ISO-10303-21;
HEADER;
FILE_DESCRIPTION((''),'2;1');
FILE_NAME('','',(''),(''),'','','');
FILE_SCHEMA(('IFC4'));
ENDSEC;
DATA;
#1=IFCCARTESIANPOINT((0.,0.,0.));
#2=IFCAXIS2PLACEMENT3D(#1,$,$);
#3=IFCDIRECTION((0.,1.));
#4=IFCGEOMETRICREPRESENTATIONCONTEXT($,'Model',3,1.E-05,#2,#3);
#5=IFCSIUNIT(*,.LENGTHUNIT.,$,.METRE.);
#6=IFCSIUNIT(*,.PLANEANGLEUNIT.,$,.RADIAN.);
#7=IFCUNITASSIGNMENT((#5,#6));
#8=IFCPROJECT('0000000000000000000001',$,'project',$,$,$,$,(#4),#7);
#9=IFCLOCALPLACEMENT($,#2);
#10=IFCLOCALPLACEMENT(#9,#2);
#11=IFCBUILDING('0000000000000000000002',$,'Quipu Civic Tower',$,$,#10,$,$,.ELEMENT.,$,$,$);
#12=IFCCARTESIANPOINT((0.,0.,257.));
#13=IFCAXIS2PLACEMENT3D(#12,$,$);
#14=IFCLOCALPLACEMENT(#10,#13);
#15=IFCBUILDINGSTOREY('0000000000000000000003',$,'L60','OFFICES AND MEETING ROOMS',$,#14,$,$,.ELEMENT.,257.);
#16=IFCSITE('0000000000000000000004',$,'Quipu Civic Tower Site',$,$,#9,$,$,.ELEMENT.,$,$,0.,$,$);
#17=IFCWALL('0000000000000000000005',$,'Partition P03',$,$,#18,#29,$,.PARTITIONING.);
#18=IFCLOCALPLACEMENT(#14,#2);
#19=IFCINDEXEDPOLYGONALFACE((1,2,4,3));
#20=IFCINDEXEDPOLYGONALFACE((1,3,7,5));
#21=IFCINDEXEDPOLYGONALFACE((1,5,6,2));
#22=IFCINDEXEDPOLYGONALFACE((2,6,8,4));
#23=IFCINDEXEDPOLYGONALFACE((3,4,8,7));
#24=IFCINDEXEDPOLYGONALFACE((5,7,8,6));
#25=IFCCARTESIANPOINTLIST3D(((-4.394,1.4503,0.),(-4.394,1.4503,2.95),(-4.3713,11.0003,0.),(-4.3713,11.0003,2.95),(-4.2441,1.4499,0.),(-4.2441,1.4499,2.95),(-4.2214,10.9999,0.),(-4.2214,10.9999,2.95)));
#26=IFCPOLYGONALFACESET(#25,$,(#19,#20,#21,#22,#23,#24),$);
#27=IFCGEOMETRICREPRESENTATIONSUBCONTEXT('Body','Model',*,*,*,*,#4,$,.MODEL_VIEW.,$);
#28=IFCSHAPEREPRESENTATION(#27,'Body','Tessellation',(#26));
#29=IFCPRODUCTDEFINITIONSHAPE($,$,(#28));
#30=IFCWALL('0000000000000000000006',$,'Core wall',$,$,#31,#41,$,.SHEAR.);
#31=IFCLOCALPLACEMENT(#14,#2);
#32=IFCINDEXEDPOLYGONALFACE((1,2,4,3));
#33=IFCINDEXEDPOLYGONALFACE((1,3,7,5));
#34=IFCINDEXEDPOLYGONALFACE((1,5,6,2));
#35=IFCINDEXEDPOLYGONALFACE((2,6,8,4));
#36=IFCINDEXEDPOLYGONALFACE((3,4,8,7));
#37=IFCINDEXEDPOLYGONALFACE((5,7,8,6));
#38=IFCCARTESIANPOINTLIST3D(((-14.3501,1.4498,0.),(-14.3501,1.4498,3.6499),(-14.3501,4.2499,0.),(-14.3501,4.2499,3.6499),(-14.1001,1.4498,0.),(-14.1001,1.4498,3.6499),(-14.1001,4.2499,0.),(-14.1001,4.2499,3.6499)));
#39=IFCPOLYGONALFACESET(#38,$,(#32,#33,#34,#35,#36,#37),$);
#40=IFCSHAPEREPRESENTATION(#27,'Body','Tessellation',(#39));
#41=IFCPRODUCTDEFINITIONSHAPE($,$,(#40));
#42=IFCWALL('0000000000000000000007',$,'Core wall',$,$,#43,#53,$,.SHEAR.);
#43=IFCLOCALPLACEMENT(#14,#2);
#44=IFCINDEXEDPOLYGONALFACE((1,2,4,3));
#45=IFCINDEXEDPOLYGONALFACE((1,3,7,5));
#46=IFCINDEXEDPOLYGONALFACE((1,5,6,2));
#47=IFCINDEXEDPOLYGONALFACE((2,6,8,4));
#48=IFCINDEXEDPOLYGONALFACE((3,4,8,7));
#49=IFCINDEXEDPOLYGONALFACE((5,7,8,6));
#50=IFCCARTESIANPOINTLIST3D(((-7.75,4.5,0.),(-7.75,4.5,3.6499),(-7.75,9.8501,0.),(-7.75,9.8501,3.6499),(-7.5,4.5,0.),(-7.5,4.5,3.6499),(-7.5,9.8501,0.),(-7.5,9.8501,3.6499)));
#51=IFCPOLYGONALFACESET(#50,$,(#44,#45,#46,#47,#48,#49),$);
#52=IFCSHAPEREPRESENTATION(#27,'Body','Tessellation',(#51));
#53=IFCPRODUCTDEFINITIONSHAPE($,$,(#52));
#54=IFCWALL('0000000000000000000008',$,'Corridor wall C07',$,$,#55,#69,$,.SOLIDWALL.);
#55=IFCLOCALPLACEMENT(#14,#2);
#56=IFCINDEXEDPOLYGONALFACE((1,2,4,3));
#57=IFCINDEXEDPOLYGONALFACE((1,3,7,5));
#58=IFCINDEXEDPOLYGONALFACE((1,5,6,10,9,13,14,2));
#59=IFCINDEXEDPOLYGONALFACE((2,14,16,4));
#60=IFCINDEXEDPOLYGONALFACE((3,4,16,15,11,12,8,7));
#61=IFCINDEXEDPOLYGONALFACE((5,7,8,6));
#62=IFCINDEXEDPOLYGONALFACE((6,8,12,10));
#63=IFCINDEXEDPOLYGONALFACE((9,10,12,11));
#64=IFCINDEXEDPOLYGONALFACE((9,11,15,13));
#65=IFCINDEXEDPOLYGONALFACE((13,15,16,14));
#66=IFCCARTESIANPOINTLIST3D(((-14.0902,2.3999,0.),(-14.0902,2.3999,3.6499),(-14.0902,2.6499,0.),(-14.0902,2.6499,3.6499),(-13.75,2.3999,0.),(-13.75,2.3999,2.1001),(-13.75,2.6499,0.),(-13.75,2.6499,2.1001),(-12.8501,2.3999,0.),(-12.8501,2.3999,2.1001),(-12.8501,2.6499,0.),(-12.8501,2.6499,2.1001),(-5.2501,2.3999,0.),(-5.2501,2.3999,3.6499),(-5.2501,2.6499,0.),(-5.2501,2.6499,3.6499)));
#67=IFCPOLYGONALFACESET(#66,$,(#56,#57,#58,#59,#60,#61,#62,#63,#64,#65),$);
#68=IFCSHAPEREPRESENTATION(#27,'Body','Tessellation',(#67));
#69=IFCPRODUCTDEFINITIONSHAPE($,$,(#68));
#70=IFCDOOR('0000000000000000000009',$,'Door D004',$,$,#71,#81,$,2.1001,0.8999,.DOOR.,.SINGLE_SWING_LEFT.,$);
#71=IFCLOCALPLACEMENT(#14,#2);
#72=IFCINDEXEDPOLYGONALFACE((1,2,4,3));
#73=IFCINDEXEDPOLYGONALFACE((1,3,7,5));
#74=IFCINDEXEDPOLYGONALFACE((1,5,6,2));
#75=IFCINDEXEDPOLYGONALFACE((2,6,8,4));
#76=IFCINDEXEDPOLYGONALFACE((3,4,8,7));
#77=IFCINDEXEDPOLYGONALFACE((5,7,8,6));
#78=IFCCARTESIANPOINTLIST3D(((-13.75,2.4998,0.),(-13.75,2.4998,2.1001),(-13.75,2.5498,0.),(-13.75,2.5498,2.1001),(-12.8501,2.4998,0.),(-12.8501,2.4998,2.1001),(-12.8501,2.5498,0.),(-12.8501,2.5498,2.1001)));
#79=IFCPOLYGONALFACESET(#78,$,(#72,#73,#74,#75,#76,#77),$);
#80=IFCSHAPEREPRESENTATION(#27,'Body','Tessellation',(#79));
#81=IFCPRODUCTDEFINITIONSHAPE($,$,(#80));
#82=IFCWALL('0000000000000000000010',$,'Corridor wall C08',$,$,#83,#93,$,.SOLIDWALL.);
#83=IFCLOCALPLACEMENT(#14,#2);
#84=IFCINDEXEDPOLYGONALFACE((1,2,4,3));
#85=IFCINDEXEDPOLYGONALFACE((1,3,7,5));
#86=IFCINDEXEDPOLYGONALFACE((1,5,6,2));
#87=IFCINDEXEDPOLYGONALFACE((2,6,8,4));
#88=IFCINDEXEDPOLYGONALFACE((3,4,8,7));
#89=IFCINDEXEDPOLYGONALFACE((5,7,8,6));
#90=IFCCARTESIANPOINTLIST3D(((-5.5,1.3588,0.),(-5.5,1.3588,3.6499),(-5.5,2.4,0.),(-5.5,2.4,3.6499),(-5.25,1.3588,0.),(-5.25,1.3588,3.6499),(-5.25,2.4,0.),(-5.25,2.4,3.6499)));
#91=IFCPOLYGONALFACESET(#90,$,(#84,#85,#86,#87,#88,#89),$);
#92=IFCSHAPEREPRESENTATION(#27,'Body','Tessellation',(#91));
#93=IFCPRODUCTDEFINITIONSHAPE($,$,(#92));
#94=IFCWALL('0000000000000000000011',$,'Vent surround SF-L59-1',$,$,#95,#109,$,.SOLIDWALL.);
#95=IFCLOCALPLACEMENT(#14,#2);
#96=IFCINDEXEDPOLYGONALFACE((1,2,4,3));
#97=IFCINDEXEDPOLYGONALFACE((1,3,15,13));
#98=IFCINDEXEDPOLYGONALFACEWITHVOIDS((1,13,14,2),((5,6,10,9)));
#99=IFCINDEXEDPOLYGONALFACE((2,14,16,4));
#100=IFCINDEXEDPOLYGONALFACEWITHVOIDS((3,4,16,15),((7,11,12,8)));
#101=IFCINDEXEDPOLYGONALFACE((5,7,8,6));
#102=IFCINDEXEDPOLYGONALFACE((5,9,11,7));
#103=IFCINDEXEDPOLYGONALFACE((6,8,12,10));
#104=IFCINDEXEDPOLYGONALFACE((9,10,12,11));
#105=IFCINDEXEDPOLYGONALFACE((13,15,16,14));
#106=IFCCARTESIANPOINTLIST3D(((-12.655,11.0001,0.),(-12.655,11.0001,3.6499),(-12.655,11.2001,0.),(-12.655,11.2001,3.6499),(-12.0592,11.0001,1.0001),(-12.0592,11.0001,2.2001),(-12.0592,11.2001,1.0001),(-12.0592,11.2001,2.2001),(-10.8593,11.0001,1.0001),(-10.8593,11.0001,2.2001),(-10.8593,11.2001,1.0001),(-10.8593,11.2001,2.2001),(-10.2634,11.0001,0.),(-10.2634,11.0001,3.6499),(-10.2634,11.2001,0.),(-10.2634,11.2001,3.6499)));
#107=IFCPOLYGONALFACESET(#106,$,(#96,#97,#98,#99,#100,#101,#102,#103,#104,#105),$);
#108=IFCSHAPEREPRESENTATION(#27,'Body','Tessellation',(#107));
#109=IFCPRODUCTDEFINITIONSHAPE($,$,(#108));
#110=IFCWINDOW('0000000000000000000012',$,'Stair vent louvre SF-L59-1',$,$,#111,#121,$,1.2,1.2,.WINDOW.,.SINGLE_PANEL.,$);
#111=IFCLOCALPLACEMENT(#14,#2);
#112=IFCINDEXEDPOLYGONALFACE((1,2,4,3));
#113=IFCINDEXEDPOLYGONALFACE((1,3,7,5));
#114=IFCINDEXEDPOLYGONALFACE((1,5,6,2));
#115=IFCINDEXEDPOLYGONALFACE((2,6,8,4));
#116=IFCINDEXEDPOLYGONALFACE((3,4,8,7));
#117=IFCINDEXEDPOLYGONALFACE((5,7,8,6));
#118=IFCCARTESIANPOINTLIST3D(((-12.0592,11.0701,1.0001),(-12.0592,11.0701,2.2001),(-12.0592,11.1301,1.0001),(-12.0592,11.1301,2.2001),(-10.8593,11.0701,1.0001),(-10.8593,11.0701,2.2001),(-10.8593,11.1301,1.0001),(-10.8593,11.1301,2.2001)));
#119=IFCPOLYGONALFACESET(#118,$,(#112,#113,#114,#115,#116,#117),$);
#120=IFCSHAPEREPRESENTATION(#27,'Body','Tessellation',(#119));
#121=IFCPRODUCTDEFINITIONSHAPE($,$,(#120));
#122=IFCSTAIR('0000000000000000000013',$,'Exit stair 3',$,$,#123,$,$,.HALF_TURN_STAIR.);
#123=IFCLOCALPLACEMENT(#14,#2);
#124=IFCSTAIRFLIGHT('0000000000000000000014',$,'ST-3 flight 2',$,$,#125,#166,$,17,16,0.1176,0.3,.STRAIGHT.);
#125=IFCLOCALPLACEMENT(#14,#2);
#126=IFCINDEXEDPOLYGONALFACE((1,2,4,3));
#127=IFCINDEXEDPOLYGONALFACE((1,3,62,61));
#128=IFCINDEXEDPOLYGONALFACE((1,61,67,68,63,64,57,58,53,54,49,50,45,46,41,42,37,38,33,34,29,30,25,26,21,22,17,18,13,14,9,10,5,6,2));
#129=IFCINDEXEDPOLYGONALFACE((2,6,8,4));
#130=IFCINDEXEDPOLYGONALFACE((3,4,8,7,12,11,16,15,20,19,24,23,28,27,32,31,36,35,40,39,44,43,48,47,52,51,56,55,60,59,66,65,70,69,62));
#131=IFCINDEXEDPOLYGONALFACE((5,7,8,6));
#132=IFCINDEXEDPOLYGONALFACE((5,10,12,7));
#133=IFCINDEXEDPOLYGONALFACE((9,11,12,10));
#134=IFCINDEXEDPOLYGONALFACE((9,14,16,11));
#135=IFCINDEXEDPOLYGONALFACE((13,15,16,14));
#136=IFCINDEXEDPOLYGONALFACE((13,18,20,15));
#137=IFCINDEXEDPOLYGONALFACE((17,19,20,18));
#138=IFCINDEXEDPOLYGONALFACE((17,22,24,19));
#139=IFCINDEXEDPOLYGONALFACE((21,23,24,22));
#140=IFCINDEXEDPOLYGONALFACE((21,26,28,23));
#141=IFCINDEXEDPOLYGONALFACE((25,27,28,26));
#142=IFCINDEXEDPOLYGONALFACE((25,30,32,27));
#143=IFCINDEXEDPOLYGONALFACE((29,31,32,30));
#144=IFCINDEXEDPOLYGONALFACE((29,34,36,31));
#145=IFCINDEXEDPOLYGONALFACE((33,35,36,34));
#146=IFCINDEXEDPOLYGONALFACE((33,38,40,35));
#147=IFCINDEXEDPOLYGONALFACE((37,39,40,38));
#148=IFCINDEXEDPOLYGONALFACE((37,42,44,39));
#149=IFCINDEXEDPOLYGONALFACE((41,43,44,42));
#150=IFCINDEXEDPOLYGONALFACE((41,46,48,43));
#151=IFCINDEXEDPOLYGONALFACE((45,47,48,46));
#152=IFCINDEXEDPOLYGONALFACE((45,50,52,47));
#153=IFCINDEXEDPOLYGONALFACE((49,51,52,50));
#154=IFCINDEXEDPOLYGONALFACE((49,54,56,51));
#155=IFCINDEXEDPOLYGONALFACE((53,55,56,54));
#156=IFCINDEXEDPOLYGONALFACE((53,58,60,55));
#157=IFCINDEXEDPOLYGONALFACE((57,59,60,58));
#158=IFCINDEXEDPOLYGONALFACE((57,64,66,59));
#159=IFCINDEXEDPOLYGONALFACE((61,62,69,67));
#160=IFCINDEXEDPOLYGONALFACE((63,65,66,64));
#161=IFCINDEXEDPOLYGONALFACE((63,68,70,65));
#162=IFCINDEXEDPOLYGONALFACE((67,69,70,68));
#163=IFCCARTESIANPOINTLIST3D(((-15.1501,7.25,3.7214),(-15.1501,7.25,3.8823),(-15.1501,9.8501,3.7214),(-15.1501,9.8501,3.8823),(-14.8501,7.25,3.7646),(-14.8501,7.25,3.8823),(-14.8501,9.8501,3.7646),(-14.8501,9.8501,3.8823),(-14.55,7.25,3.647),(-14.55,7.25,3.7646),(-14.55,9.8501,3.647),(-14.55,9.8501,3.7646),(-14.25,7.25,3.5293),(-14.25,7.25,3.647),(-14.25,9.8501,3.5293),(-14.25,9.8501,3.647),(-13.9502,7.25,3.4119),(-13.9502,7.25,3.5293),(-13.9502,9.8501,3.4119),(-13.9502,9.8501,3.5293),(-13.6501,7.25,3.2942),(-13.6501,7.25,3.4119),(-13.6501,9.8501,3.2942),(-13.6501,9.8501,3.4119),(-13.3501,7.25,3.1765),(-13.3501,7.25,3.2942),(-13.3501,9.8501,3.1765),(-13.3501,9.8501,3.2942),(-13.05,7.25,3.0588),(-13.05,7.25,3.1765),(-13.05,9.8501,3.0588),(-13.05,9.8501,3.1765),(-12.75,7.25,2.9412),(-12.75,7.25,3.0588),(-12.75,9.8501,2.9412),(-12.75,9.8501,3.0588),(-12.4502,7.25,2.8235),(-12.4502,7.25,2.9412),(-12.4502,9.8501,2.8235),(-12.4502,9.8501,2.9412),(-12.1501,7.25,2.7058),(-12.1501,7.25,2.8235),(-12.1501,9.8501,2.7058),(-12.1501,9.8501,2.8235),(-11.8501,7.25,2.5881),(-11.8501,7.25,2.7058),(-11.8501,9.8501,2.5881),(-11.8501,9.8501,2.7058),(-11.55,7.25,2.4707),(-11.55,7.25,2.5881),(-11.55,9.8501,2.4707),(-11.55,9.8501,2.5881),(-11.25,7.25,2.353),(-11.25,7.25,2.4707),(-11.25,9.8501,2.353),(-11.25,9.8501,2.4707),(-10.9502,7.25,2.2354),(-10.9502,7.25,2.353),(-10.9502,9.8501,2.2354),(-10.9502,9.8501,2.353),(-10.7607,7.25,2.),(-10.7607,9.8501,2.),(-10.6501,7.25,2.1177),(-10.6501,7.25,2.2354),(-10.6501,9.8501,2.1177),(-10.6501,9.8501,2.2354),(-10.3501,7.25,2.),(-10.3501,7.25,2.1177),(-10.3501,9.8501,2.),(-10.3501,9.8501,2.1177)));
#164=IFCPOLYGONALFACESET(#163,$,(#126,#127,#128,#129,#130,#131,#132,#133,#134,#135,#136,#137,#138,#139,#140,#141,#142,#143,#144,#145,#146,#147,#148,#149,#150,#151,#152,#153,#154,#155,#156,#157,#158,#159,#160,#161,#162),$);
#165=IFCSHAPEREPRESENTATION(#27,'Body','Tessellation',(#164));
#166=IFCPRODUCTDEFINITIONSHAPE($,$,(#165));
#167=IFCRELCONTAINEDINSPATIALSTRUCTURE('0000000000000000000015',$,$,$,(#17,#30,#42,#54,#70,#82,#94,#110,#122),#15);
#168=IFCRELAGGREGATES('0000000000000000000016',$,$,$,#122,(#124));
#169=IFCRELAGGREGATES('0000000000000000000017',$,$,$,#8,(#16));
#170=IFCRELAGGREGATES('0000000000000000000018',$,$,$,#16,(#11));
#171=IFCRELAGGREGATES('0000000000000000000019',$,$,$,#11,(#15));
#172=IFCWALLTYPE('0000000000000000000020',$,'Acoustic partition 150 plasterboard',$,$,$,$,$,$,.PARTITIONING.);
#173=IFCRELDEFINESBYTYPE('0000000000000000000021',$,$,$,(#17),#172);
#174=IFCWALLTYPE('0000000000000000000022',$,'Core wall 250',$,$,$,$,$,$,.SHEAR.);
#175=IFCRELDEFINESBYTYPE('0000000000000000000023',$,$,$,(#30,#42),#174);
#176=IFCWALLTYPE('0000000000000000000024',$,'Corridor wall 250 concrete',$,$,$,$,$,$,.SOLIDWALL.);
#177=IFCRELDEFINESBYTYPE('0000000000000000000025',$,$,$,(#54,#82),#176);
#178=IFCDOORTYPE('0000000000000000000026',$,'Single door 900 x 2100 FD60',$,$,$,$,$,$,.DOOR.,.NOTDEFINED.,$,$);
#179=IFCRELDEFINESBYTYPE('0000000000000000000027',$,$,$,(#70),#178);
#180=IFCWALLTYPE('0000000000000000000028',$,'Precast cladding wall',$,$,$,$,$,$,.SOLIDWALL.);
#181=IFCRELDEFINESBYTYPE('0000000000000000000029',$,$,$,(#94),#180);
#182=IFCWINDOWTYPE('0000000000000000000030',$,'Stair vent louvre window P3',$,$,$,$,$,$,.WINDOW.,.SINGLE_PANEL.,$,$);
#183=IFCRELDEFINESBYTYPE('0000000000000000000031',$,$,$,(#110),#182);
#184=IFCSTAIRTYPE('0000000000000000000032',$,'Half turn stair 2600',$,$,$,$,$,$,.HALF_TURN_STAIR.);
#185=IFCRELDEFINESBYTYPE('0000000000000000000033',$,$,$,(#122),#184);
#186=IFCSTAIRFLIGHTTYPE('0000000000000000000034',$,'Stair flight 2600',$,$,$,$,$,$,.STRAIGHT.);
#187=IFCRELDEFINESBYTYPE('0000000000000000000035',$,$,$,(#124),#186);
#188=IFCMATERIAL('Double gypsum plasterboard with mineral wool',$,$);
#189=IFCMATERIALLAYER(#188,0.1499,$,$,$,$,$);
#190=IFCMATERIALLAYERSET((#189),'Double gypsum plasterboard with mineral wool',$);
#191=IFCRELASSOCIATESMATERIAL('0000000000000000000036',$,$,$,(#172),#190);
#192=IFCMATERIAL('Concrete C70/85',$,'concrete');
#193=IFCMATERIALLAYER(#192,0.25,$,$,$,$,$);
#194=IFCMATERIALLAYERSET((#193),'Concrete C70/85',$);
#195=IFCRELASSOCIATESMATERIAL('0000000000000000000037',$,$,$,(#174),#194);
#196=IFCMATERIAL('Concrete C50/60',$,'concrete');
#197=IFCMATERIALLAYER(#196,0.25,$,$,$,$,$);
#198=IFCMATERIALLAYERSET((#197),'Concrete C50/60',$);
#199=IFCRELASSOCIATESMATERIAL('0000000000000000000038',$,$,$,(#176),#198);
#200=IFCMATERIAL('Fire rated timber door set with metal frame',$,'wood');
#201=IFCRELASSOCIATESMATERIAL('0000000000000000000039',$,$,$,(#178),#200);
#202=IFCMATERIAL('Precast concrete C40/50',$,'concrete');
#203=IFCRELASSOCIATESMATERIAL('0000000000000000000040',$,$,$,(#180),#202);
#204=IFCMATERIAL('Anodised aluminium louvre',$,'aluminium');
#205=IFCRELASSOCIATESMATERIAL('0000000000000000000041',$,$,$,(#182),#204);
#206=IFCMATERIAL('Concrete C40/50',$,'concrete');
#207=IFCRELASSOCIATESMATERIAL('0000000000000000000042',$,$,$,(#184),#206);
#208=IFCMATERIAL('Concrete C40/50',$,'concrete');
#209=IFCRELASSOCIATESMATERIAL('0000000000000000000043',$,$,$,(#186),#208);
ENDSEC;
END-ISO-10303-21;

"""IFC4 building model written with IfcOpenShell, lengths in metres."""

from ifc_helpers import new_model, si_unit, direction, frame, frame_2d, origin, place, context, subcontext, project, spatial, polyline, rectangle, outline, extrude, material, layer, layer_set, type_object, element, fill, aggregate, save


model = new_model("IFC4")

# Units and contexts
model_context = context("Model", 3, precision=1e-05, world=origin(), true_north=direction((0.0, 1.0)))
body_context = subcontext(model_context, "Body", "Model", "MODEL_VIEW")
ifc_project = project(units=[si_unit("LENGTHUNIT", "METRE"), si_unit("PLANEANGLEUNIT", "RADIAN")], contexts=[model_context])

# Site, building, storey
site_placement = place(None, origin())
site = spatial("IfcSite", under=ifc_project, at=site_placement, Name="Quipu Civic Tower Site", CompositionType="ELEMENT", RefElevation=0.0)
building_placement = place(site_placement, origin())
building = spatial("IfcBuilding", under=site, at=building_placement, Name="Quipu Civic Tower", CompositionType="ELEMENT")
storey_placement = place(building_placement, frame((0.0, 0.0, 257.0)))
storey = spatial("IfcBuildingStorey", under=building, at=storey_placement, Name="L60", Description="OFFICES AND MEETING ROOMS", CompositionType="ELEMENT", Elevation=257.0)

# Walls
ifc_material_1 = material(Name="Double gypsum plasterboard with mineral wool")
ifc_layer_1 = layer(ifc_material_1, 0.1499)
ifc_layer_set_1 = layer_set([ifc_layer_1], Name="Double gypsum plasterboard with mineral wool")
wall_type_1 = type_object("IfcWallType", Name="Acoustic partition 150 plasterboard", PredefinedType="PARTITIONING", material=ifc_layer_set_1)
wall_1_placement = place(storey_placement, frame((-4.2964, 11.0, 0.0), z_axis=(0.0, 0.0, 1.0), x_axis=(-0.002377, -0.999997, 0.0)))
element("IfcWall", 1, at=wall_1_placement, inside=storey, type_object=wall_type_1, Name="Partition P03", PredefinedType="PARTITIONING", context=body_context, shape_type="SweptSolid", body=[
    extrude(rectangle(XDim=9.55, YDim=0.1499, at=frame_2d((4.7749, 0.0))), origin(), (0.0, 0.0, 1.0), 2.95),
])
ifc_material_2 = material(Name="Concrete C70/85", Category="concrete")
ifc_layer_2 = layer(ifc_material_2, 0.25)
ifc_layer_set_2 = layer_set([ifc_layer_2], Name="Concrete C70/85")
wall_type_2 = type_object("IfcWallType", Name="Core wall 250", PredefinedType="SHEAR", material=ifc_layer_set_2)
wall_2_placement = place(storey_placement, frame((-14.2251, 1.45, 0.0), z_axis=(0.0, 0.0, 1.0), x_axis=(0.0, 1.0, 0.0)))
element("IfcWall", 2, at=wall_2_placement, inside=storey, type_object=wall_type_2, Name="Core wall", PredefinedType="SHEAR", context=body_context, shape_type="SweptSolid", body=[
    extrude(rectangle(XDim=2.8, YDim=0.25, at=frame_2d((1.3999, 0.0))), origin(), (0.0, 0.0, 1.0), 3.6499),
])
wall_3_placement = place(storey_placement, frame((-7.625, 4.5, 0.0), z_axis=(0.0, 0.0, 1.0), x_axis=(0.0, 1.0, 0.0)))
element("IfcWall", 3, at=wall_3_placement, inside=storey, type_object=wall_type_2, Name="Core wall", PredefinedType="SHEAR", context=body_context, shape_type="SweptSolid", body=[
    extrude(rectangle(XDim=5.3501, YDim=0.25, at=frame_2d((2.675, 0.0))), origin(), (0.0, 0.0, 1.0), 3.6499),
])

# Wall, opening, door
ifc_material_3 = material(Name="Concrete C50/60", Category="concrete")
ifc_layer_3 = layer(ifc_material_3, 0.25)
ifc_layer_set_3 = layer_set([ifc_layer_3], Name="Concrete C50/60")
wall_type_3 = type_object("IfcWallType", Name="Corridor wall 250 concrete", PredefinedType="SOLIDWALL", material=ifc_layer_set_3)
wall_4_placement = place(storey_placement, frame((-14.0901, 2.5249, 0.0), z_axis=(0.0, 0.0, 1.0), x_axis=(1.0, 0.0, 0.0)))
wall_4 = element("IfcWall", 4, at=wall_4_placement, inside=storey, type_object=wall_type_3, Name="Corridor wall C07", PredefinedType="SOLIDWALL", context=body_context, shape_type="SweptSolid", body=[
    extrude(rectangle(XDim=8.8401, YDim=0.25, at=frame_2d((4.4199, 0.0))), origin(), (0.0, 0.0, 1.0), 3.6499),
])
opening_1_placement = place(wall_4_placement, frame((0.3401, 0.0, 0.0)))
opening_1 = element("IfcOpeningElement", 5, at=opening_1_placement, cuts=wall_4, PredefinedType="OPENING", context=body_context, shape_type="SweptSolid", body=[
    extrude(rectangle(XDim=0.8999, YDim=2.1001, at=frame_2d((0.45, 1.05))), frame((0.0, 0.135, 0.0), z_axis=(0.0, -1.0, 0.0), x_axis=(1.0, 0.0, 0.0)), (0.0, 0.0, 1.0), 0.27),
])
ifc_material_4 = material(Name="Fire rated timber door set with metal frame", Category="wood")
door_type = type_object("IfcDoorType", Name="Single door 900 x 2100 FD60", OperationType="NOTDEFINED", PredefinedType="DOOR", material=ifc_material_4)
door_placement = place(opening_1_placement, origin())
door = element("IfcDoor", 6, at=door_placement, inside=storey, type_object=door_type, Name="Door D004", OperationType="SINGLE_SWING_LEFT", OverallHeight=2.1001, OverallWidth=0.8999, PredefinedType="DOOR", context=body_context, shape_type="SweptSolid", body=[
    extrude(rectangle(XDim=0.8999, YDim=2.1001, at=frame_2d((0.45, 1.05))), frame((0.0, 0.0249, 0.0), z_axis=(0.0, -1.0, 0.0), x_axis=(1.0, 0.0, 0.0)), (0.0, 0.0, 1.0), 0.05),
])
fill(opening_1, door)

# Wall
wall_5_placement = place(storey_placement, frame((-5.375, 2.3999, 0.0), z_axis=(0.0, 0.0, 1.0), x_axis=(0.0, -1.0, 0.0)))
element("IfcWall", 7, at=wall_5_placement, inside=storey, type_object=wall_type_3, Name="Corridor wall C08", PredefinedType="SOLIDWALL", context=body_context, shape_type="SweptSolid", body=[
    extrude(rectangle(XDim=1.0413, YDim=0.25, at=frame_2d((0.5205, 0.0))), origin(), (0.0, 0.0, 1.0), 3.6499),
])

# Wall, opening, window
ifc_material_5 = material(Name="Precast concrete C40/50", Category="concrete")
wall_type_4 = type_object("IfcWallType", Name="Precast cladding wall", PredefinedType="SOLIDWALL", material=ifc_material_5)
wall_6_placement = place(storey_placement, frame((-10.2634, 11.1001, 0.0), z_axis=(0.0, 0.0, 1.0), x_axis=(-1.0, 0.0, 0.0)))
wall_6 = element("IfcWall", 8, at=wall_6_placement, inside=storey, type_object=wall_type_4, Name="Vent surround SF-L59-1", PredefinedType="SOLIDWALL", context=body_context, shape_type="SweptSolid", body=[
    extrude(rectangle(XDim=2.3916, YDim=0.2, at=frame_2d((1.1958, 0.0))), origin(), (0.0, 0.0, 1.0), 3.6499),
])
opening_2_placement = place(wall_6_placement, frame((0.5957, 0.0, 1.0)))
opening_2 = element("IfcOpeningElement", 9, at=opening_2_placement, cuts=wall_6, PredefinedType="OPENING", context=body_context, shape_type="SweptSolid", body=[
    extrude(rectangle(XDim=1.2, YDim=1.2, at=frame_2d((0.6001, 0.6001))), frame((0.0, 0.1099, 0.0), z_axis=(0.0, -1.0, 0.0), x_axis=(1.0, 0.0, 0.0)), (0.0, 0.0, 1.0), 0.22),
])
ifc_material_6 = material(Name="Anodised aluminium louvre", Category="aluminium")
window_type = type_object("IfcWindowType", Name="Stair vent louvre window P3", PartitioningType="SINGLE_PANEL", PredefinedType="WINDOW", material=ifc_material_6)
window_placement = place(opening_2_placement, origin())
window = element("IfcWindow", 10, at=window_placement, inside=storey, type_object=window_type, Name="Stair vent louvre SF-L59-1", OverallHeight=1.2, OverallWidth=1.2, PartitioningType="SINGLE_PANEL", PredefinedType="WINDOW", context=body_context, shape_type="SweptSolid", body=[
    extrude(rectangle(XDim=1.2, YDim=1.2, at=frame_2d((0.6001, 0.6001))), frame((0.0, 0.03, 0.0), z_axis=(0.0, -1.0, 0.0), x_axis=(1.0, 0.0, 0.0)), (0.0, 0.0, 1.0), 0.0601),
])
fill(opening_2, window)

# Stair, stair flight
ifc_material_7 = material(Name="Concrete C40/50", Category="concrete")
stair_type = type_object("IfcStairType", Name="Half turn stair 2600", PredefinedType="HALF_TURN_STAIR", material=ifc_material_7)
stair_placement = place(storey_placement, origin())
stair = element("IfcStair", 11, at=stair_placement, inside=storey, type_object=stair_type, Name="Exit stair 3", PredefinedType="HALF_TURN_STAIR")
ifc_material_8 = material(Name="Concrete C40/50", Category="concrete")
stair_flight_type = type_object("IfcStairFlightType", Name="Stair flight 2600", PredefinedType="STRAIGHT", material=ifc_material_8)
stair_flight_placement = place(storey_placement, frame((-10.3501, 8.55, 2.0), z_axis=(0.0, 0.0, 1.0), x_axis=(-1.0, 0.0, 0.0)))
stair_flight = element("IfcStairFlight", 12, at=stair_flight_placement, type_object=stair_flight_type, Name="ST-3 flight 2", NumberOfRisers=17, NumberOfTreads=16, PredefinedType="STRAIGHT", RiserHeight=0.1176, TreadLength=0.3, context=body_context, shape_type="SweptSolid", body=[
    extrude(outline(polyline([(0.0, 0.0), (0.0, 0.1177), (0.3, 0.1177), (0.3, 0.2354), (0.6001, 0.2354), (0.6001, 0.353), (0.8999, 0.353), (0.8999, 0.4707), (1.2, 0.4707), (1.2, 0.5881), (1.5, 0.5881), (1.5, 0.7058), (1.8, 0.7058), (1.8, 0.8235), (2.1001, 0.8235), (2.1001, 0.9412), (2.3999, 0.9412), (2.3999, 1.0588), (2.7, 1.0588), (2.7, 1.1765), (3.0, 1.1765), (3.0, 1.2942), (3.3, 1.2942), (3.3, 1.4119), (3.6001, 1.4119), (3.6001, 1.5293), (3.8999, 1.5293), (3.8999, 1.647), (4.2, 1.647), (4.2, 1.7646), (4.5, 1.7646), (4.5, 1.8823), (4.8, 1.8823), (4.8, 2.0), (4.8, 1.7214), (0.4106, 0.0), (0.0, 0.0)])), frame((0.0, 1.3, 0.0), z_axis=(0.0, -1.0, 0.0), x_axis=(1.0, 0.0, 0.0)), (0.0, 0.0, 1.0), 2.6001),
])
aggregate(stair, [stair_flight])

save(model, "model.ifc")
